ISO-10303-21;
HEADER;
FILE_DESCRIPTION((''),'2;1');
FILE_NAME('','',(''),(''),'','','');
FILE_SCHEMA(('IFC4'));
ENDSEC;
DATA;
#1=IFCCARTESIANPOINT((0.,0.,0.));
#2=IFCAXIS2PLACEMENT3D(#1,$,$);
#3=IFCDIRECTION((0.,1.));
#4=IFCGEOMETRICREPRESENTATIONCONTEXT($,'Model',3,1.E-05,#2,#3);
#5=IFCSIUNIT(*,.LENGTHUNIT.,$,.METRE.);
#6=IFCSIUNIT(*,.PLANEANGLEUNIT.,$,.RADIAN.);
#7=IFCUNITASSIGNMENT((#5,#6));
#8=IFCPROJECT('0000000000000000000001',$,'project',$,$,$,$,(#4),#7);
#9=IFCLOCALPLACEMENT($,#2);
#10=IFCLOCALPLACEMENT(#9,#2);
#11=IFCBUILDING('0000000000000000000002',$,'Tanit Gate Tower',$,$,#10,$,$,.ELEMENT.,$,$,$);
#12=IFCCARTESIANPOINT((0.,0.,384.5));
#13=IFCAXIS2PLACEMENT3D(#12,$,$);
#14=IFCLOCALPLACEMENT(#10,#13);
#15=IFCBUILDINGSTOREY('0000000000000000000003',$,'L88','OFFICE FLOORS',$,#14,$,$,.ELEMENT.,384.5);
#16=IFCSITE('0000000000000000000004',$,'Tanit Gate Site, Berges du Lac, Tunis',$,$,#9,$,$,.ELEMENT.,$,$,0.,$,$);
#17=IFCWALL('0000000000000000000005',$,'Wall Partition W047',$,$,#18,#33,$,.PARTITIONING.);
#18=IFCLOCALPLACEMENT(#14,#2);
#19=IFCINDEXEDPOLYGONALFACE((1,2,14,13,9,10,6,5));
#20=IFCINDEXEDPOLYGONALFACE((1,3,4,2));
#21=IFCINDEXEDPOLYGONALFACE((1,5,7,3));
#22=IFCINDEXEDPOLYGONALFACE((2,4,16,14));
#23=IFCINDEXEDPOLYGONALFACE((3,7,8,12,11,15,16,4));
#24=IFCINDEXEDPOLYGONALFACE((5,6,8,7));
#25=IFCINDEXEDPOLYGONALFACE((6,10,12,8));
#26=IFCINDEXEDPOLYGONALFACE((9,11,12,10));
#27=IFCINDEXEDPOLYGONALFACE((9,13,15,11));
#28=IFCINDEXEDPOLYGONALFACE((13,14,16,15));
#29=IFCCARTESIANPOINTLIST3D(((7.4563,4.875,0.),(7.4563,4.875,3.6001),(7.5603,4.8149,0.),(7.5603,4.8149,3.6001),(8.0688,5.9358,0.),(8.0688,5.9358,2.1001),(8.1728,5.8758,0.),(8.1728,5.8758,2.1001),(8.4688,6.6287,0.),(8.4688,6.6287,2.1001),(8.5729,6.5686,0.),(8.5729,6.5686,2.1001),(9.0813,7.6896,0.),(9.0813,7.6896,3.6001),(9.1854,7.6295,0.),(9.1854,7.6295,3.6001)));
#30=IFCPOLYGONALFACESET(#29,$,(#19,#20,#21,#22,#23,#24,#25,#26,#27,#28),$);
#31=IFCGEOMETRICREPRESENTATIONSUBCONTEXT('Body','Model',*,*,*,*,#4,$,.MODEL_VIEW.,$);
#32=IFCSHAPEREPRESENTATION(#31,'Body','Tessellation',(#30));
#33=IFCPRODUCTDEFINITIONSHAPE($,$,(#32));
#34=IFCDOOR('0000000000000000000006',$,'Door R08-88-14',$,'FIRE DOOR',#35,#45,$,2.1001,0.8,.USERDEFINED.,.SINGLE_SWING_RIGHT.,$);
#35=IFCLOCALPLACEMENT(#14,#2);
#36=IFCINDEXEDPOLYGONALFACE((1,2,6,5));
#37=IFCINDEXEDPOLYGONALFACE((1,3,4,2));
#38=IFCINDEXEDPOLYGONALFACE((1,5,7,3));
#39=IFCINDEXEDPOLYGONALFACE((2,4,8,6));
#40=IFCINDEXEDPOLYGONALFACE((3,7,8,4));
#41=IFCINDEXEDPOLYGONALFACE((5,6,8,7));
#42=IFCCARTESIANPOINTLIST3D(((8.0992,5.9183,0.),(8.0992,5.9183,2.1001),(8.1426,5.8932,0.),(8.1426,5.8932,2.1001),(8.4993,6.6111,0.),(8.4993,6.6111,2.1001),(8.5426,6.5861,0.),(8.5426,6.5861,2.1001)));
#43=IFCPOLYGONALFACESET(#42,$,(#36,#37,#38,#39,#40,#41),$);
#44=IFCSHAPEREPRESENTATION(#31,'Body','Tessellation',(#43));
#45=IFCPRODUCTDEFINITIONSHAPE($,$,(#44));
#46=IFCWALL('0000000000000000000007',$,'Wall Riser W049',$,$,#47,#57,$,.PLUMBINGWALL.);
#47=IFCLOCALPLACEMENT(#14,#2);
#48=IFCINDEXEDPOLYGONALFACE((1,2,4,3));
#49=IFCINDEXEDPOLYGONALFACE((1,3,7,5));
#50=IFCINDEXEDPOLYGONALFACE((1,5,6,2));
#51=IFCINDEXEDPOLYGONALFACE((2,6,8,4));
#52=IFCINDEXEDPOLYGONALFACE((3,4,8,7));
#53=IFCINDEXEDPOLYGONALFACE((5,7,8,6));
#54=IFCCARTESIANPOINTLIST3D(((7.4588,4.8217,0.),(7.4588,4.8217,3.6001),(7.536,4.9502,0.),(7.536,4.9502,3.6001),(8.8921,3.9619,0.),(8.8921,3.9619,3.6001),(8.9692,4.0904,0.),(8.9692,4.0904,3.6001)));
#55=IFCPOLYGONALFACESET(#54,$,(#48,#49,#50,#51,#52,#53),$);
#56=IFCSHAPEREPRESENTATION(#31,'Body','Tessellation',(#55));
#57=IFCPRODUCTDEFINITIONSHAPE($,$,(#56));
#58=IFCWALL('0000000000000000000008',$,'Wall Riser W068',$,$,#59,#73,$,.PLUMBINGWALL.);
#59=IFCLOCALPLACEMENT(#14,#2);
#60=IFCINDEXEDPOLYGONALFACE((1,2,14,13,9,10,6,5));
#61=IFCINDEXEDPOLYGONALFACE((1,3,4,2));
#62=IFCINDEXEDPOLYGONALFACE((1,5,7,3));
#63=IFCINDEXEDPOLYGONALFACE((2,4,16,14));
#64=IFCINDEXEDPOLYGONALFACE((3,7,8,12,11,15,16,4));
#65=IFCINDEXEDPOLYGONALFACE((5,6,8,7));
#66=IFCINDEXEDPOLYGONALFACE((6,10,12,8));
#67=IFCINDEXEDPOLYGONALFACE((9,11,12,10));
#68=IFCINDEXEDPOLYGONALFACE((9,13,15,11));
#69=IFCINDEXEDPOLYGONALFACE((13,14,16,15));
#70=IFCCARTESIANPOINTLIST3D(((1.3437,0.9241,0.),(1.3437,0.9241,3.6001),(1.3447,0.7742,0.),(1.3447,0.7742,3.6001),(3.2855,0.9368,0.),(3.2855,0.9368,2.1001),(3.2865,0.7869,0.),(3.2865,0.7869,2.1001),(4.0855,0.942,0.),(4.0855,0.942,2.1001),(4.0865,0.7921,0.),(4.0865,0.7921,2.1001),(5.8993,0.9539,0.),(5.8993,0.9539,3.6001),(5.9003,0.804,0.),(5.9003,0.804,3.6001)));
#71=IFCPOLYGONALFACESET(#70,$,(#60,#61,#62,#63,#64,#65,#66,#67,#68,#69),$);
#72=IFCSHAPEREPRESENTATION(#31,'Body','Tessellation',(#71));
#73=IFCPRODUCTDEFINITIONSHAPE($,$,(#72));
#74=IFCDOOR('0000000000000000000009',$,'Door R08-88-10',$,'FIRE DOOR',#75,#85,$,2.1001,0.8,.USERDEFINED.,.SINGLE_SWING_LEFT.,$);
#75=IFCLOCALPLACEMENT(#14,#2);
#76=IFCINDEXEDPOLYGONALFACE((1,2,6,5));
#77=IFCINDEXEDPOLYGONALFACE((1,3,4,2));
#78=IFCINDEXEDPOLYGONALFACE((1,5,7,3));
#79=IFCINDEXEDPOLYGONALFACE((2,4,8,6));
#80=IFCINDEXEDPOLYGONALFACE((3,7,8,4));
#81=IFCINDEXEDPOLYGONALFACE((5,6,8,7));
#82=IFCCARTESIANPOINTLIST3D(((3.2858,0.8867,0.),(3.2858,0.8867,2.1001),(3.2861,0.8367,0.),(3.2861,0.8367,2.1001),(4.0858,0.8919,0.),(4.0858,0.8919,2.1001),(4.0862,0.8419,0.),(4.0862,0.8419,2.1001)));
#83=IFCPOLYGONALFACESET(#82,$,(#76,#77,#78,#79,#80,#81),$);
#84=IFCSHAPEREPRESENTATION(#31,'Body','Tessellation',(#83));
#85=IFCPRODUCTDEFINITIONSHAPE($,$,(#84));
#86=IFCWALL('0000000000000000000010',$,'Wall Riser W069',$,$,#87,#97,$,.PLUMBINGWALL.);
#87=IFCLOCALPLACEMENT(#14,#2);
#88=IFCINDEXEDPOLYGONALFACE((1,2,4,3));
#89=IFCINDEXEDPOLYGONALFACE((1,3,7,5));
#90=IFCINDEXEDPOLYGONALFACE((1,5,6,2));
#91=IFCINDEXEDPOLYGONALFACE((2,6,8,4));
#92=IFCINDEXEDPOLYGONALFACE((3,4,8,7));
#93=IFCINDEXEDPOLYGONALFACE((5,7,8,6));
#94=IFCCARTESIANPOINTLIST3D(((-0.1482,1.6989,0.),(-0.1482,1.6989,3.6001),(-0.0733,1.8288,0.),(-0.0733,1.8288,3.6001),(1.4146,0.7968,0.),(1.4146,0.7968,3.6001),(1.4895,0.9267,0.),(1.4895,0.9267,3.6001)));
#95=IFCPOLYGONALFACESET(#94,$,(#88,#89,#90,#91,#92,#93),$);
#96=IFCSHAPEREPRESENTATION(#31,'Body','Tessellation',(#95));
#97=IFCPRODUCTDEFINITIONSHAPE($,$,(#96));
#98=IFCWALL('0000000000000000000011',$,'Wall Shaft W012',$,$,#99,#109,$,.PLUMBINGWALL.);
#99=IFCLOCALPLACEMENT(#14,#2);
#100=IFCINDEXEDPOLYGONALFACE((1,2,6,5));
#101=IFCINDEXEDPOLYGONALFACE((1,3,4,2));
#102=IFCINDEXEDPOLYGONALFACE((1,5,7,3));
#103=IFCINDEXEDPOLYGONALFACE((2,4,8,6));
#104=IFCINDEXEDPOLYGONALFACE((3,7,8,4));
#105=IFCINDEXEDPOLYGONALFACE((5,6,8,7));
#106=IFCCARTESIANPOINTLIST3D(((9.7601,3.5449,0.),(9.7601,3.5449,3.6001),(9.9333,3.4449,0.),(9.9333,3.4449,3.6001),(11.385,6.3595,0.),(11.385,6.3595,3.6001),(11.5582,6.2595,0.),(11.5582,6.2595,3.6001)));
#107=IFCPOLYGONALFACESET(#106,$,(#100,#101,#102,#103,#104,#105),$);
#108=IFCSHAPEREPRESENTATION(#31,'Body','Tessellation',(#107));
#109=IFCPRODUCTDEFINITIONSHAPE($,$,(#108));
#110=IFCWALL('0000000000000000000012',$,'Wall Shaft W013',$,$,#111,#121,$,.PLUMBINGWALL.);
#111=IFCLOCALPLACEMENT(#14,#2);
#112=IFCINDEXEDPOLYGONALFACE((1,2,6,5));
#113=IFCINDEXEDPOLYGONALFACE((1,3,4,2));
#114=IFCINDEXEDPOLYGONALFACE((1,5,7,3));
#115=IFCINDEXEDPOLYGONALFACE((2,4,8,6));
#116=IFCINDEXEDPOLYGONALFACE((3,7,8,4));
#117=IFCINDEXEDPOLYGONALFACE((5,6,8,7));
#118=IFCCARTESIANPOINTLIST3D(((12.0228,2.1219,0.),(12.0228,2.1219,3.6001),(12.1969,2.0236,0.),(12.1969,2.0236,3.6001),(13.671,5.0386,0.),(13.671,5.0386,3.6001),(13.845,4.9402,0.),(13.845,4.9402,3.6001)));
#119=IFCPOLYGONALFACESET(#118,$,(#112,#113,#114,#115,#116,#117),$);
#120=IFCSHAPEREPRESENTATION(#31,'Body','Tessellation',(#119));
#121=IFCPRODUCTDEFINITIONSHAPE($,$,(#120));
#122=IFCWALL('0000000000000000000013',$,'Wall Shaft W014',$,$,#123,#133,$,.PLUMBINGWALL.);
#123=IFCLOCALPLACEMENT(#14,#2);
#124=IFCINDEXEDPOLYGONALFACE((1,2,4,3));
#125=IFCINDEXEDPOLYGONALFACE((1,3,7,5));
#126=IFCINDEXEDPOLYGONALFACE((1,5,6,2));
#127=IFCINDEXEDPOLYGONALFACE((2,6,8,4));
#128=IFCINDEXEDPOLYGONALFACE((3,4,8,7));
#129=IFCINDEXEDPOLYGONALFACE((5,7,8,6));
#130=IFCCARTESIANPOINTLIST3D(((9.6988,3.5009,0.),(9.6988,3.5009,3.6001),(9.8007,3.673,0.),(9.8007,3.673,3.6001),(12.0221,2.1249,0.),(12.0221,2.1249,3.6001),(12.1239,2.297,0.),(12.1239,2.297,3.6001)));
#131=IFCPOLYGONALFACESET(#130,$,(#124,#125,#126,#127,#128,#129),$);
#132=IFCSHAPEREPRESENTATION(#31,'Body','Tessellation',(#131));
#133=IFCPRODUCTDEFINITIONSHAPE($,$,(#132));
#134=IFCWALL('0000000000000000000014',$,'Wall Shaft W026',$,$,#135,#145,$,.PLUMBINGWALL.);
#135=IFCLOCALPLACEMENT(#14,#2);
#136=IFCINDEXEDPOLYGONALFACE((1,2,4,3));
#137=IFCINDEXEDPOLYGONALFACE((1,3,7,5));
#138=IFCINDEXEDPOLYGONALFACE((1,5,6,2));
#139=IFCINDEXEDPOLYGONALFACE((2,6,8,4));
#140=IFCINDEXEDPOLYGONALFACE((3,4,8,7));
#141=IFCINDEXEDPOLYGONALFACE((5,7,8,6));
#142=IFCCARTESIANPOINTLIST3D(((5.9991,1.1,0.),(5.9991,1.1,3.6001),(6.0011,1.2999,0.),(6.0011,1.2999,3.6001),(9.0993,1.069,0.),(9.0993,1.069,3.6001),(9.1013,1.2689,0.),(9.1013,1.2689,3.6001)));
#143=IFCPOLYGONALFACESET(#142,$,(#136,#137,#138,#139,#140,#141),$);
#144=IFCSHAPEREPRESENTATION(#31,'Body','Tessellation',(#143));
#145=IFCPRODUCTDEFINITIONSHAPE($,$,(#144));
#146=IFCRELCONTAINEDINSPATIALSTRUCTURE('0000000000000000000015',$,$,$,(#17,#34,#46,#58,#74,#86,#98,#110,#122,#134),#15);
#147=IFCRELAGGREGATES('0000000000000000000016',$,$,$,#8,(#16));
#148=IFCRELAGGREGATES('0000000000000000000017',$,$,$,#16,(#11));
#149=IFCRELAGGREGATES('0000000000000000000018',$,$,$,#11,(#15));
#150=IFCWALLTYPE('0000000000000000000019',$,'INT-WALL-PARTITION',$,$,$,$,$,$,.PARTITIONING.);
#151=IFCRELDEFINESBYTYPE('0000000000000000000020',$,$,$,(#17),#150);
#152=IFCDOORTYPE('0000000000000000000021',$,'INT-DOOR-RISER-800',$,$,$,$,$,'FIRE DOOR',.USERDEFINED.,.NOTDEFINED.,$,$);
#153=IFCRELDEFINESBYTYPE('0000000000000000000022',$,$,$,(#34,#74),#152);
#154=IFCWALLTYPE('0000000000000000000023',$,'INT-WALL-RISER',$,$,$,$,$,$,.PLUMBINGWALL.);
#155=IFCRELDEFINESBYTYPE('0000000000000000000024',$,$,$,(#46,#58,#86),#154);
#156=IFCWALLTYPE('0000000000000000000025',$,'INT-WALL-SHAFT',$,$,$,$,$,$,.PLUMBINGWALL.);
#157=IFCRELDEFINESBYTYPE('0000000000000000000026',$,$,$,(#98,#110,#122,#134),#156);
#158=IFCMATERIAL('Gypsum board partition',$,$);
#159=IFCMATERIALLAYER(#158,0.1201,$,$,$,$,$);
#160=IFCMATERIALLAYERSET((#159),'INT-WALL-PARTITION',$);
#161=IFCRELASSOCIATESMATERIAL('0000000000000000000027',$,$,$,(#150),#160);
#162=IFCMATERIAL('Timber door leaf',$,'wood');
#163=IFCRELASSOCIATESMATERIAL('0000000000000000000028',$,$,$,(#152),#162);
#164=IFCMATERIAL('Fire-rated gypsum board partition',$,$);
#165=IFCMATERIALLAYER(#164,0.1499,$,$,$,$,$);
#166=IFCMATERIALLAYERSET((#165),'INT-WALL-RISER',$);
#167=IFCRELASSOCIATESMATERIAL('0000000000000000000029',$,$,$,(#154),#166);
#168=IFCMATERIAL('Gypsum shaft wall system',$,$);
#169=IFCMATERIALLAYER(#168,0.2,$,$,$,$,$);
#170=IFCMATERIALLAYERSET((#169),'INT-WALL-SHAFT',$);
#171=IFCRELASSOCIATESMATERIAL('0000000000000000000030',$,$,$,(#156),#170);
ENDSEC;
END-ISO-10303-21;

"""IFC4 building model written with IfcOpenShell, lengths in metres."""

from ifc_helpers import new_model, si_unit, direction, frame, frame_2d, origin, place, context, subcontext, project, spatial, rectangle, extrude, material, layer, layer_set, type_object, element, fill, save


model = new_model("IFC4")

# Units and contexts
model_context = context("Model", 3, precision=1e-05, world=origin(), true_north=direction((0.0, 1.0)))
body_context = subcontext(model_context, "Body", "Model", "MODEL_VIEW")
ifc_project = project(units=[si_unit("LENGTHUNIT", "METRE"), si_unit("PLANEANGLEUNIT", "RADIAN")], contexts=[model_context])

# Site, building, storey
site_placement = place(None, origin())
site = spatial("IfcSite", under=ifc_project, at=site_placement, Name="Tanit Gate Site, Berges du Lac, Tunis", CompositionType="ELEMENT", RefElevation=0.0)
building_placement = place(site_placement, origin())
building = spatial("IfcBuilding", under=site, at=building_placement, Name="Tanit Gate Tower", CompositionType="ELEMENT")
storey_placement = place(building_placement, frame((0.0, 0.0, 384.5)))
storey = spatial("IfcBuildingStorey", under=building, at=storey_placement, Name="L88", Description="OFFICE FLOORS", CompositionType="ELEMENT", Elevation=384.5)

# Wall, opening, door
ifc_material_1 = material(Name="Gypsum board partition")
ifc_layer_1 = layer(ifc_material_1, 0.1201)
ifc_layer_set_1 = layer_set([ifc_layer_1], Name="INT-WALL-PARTITION")
wall_type_1 = type_object("IfcWallType", Name="INT-WALL-PARTITION", PredefinedType="PARTITIONING", material=ifc_layer_set_1)
wall_1_placement = place(storey_placement, frame((7.5083, 4.845, 0.0), z_axis=(0.0, 0.0, 1.0), x_axis=(0.500017, 0.866015, 0.0)))
wall_1 = element("IfcWall", 1, at=wall_1_placement, inside=storey, type_object=wall_type_1, Name="Wall Partition W047", PredefinedType="PARTITIONING", context=body_context, shape_type="SweptSolid", body=[
    extrude(rectangle(XDim=3.25, YDim=0.1201, at=frame_2d((1.625, 0.0))), origin(), (0.0, 0.0, 1.0), 3.6001),
])
opening_1_placement = place(wall_1_placement, frame((1.2251, 0.0, 0.0)))
opening_1 = element("IfcOpeningElement", 2, at=opening_1_placement, cuts=wall_1, PredefinedType="OPENING", context=body_context, shape_type="SweptSolid", body=[
    extrude(rectangle(XDim=0.8, YDim=2.1001, at=frame_2d((0.3999, 1.05))), frame((0.0, 0.0701, 0.0), z_axis=(0.0, -1.0, 0.0), x_axis=(1.0, 0.0, 0.0)), (0.0, 0.0, 1.0), 0.1401),
])
ifc_material_2 = material(Name="Timber door leaf", Category="wood")
door_type_1 = type_object("IfcDoorType", Name="INT-DOOR-RISER-800", ElementType="FIRE DOOR", OperationType="NOTDEFINED", PredefinedType="USERDEFINED", material=ifc_material_2)
door_1_placement = place(opening_1_placement, origin())
door_1 = element("IfcDoor", 3, at=door_1_placement, inside=storey, type_object=door_type_1, Name="Door R08-88-14", ObjectType="FIRE DOOR", OperationType="SINGLE_SWING_RIGHT", OverallHeight=2.1001, OverallWidth=0.8, PredefinedType="USERDEFINED", context=body_context, shape_type="SweptSolid", body=[
    extrude(rectangle(XDim=0.8, YDim=2.1001, at=frame_2d((0.3999, 1.05))), frame((0.0, 0.0249, 0.0), z_axis=(0.0, -1.0, 0.0), x_axis=(1.0, 0.0, 0.0)), (0.0, 0.0, 1.0), 0.05),
])
fill(opening_1, door_1)

# Wall
ifc_material_3 = material(Name="Fire-rated gypsum board partition")
ifc_layer_2 = layer(ifc_material_3, 0.1499)
ifc_layer_set_2 = layer_set([ifc_layer_2], Name="INT-WALL-RISER")
wall_type_2 = type_object("IfcWallType", Name="INT-WALL-RISER", PredefinedType="PLUMBINGWALL", material=ifc_layer_set_2)
wall_2_placement = place(storey_placement, frame((8.9307, 4.0261, 0.0), z_axis=(0.0, 0.0, 1.0), x_axis=(-0.857532, 0.514431, 0.0)))
element("IfcWall", 4, at=wall_2_placement, inside=storey, type_object=wall_type_2, Name="Wall Riser W049", PredefinedType="PLUMBINGWALL", context=body_context, shape_type="SweptSolid", body=[
    extrude(rectangle(XDim=1.6714, YDim=0.1499, at=frame_2d((0.8357, 0.0))), origin(), (0.0, 0.0, 1.0), 3.6001),
])

# Wall, opening, door
wall_3_placement = place(storey_placement, frame((1.3442, 0.8491, 0.0), z_axis=(0.0, 0.0, 1.0), x_axis=(0.999979, 0.006538, 0.0)))
wall_3 = element("IfcWall", 5, at=wall_3_placement, inside=storey, type_object=wall_type_2, Name="Wall Riser W068", PredefinedType="PLUMBINGWALL", context=body_context, shape_type="SweptSolid", body=[
    extrude(rectangle(XDim=4.5557, YDim=0.1499, at=frame_2d((2.2778, 0.0))), origin(), (0.0, 0.0, 1.0), 3.6001),
])
opening_2_placement = place(wall_3_placement, frame((1.9419, 0.0, 0.0)))
opening_2 = element("IfcOpeningElement", 6, at=opening_2_placement, cuts=wall_3, PredefinedType="OPENING", context=body_context, shape_type="SweptSolid", body=[
    extrude(rectangle(XDim=0.8, YDim=2.1001, at=frame_2d((0.3999, 1.05))), frame((0.0, 0.085, 0.0), z_axis=(0.0, -1.0, 0.0), x_axis=(1.0, 0.0, 0.0)), (0.0, 0.0, 1.0), 0.1699),
])
door_2_placement = place(opening_2_placement, origin())
door_2 = element("IfcDoor", 7, at=door_2_placement, inside=storey, type_object=door_type_1, Name="Door R08-88-10", ObjectType="FIRE DOOR", OperationType="SINGLE_SWING_LEFT", OverallHeight=2.1001, OverallWidth=0.8, PredefinedType="USERDEFINED", context=body_context, shape_type="SweptSolid", body=[
    extrude(rectangle(XDim=0.8, YDim=2.1001, at=frame_2d((0.3999, 1.05))), frame((0.0, 0.0249, 0.0), z_axis=(0.0, -1.0, 0.0), x_axis=(1.0, 0.0, 0.0)), (0.0, 0.0, 1.0), 0.05),
])
fill(opening_2, door_2)

# Walls
wall_4_placement = place(storey_placement, frame((-0.1108, 1.7639, 0.0), z_axis=(0.0, 0.0, 1.0), x_axis=(0.866062, -0.499937, 0.0)))
element("IfcWall", 8, at=wall_4_placement, inside=storey, type_object=wall_type_2, Name="Wall Riser W069", PredefinedType="PLUMBINGWALL", context=body_context, shape_type="SweptSolid", body=[
    extrude(rectangle(XDim=1.8044, YDim=0.1499, at=frame_2d((0.9023, 0.0))), origin(), (0.0, 0.0, 1.0), 3.6001),
])
ifc_material_4 = material(Name="Gypsum shaft wall system")
ifc_layer_3 = layer(ifc_material_4, 0.2)
ifc_layer_set_3 = layer_set([ifc_layer_3], Name="INT-WALL-SHAFT")
wall_type_3 = type_object("IfcWallType", Name="INT-WALL-SHAFT", PredefinedType="PLUMBINGWALL", material=ifc_layer_set_3)
wall_5_placement = place(storey_placement, frame((9.8467, 3.4949, 0.0), z_axis=(0.0, 0.0, 1.0), x_axis=(0.499985, 0.866034, 0.0)))
element("IfcWall", 9, at=wall_5_placement, inside=storey, type_object=wall_type_3, Name="Wall Shaft W012", PredefinedType="PLUMBINGWALL", context=body_context, shape_type="SweptSolid", body=[
    extrude(rectangle(XDim=3.25, YDim=0.2, at=frame_2d((1.625, 0.0))), origin(), (0.0, 0.0, 1.0), 3.6001),
])
wall_6_placement = place(storey_placement, frame((12.1099, 2.0728, 0.0), z_axis=(0.0, 0.0, 1.0), x_axis=(0.491966, 0.870614, 0.0)))
element("IfcWall", 10, at=wall_6_placement, inside=storey, type_object=wall_type_3, Name="Wall Shaft W013", PredefinedType="PLUMBINGWALL", context=body_context, shape_type="SweptSolid", body=[
    extrude(rectangle(XDim=3.3501, YDim=0.2, at=frame_2d((1.675, 0.0))), origin(), (0.0, 0.0, 1.0), 3.6001),
])
wall_7_placement = place(storey_placement, frame((12.073, 2.2109, 0.0), z_axis=(0.0, 0.0, 1.0), x_axis=(-0.860415, 0.509594, 0.0)))
element("IfcWall", 11, at=wall_7_placement, inside=storey, type_object=wall_type_3, Name="Wall Shaft W014", PredefinedType="PLUMBINGWALL", context=body_context, shape_type="SweptSolid", body=[
    extrude(rectangle(XDim=2.7002, YDim=0.2, at=frame_2d((1.3501, 0.0))), origin(), (0.0, 0.0, 1.0), 3.6001),
])

# Wall
wall_8_placement = place(storey_placement, frame((6.0, 1.2, 0.0), z_axis=(0.0, 0.0, 1.0), x_axis=(0.99995, -0.010001, 0.0)))
element("IfcWall", 12, at=wall_8_placement, inside=storey, type_object=wall_type_3, Name="Wall Shaft W026", PredefinedType="PLUMBINGWALL", context=body_context, shape_type="SweptSolid", body=[
    extrude(rectangle(XDim=3.1003, YDim=0.2, at=frame_2d((1.5503, 0.0))), origin(), (0.0, 0.0, 1.0), 3.6001),
])

save(model, "model.ifc")
